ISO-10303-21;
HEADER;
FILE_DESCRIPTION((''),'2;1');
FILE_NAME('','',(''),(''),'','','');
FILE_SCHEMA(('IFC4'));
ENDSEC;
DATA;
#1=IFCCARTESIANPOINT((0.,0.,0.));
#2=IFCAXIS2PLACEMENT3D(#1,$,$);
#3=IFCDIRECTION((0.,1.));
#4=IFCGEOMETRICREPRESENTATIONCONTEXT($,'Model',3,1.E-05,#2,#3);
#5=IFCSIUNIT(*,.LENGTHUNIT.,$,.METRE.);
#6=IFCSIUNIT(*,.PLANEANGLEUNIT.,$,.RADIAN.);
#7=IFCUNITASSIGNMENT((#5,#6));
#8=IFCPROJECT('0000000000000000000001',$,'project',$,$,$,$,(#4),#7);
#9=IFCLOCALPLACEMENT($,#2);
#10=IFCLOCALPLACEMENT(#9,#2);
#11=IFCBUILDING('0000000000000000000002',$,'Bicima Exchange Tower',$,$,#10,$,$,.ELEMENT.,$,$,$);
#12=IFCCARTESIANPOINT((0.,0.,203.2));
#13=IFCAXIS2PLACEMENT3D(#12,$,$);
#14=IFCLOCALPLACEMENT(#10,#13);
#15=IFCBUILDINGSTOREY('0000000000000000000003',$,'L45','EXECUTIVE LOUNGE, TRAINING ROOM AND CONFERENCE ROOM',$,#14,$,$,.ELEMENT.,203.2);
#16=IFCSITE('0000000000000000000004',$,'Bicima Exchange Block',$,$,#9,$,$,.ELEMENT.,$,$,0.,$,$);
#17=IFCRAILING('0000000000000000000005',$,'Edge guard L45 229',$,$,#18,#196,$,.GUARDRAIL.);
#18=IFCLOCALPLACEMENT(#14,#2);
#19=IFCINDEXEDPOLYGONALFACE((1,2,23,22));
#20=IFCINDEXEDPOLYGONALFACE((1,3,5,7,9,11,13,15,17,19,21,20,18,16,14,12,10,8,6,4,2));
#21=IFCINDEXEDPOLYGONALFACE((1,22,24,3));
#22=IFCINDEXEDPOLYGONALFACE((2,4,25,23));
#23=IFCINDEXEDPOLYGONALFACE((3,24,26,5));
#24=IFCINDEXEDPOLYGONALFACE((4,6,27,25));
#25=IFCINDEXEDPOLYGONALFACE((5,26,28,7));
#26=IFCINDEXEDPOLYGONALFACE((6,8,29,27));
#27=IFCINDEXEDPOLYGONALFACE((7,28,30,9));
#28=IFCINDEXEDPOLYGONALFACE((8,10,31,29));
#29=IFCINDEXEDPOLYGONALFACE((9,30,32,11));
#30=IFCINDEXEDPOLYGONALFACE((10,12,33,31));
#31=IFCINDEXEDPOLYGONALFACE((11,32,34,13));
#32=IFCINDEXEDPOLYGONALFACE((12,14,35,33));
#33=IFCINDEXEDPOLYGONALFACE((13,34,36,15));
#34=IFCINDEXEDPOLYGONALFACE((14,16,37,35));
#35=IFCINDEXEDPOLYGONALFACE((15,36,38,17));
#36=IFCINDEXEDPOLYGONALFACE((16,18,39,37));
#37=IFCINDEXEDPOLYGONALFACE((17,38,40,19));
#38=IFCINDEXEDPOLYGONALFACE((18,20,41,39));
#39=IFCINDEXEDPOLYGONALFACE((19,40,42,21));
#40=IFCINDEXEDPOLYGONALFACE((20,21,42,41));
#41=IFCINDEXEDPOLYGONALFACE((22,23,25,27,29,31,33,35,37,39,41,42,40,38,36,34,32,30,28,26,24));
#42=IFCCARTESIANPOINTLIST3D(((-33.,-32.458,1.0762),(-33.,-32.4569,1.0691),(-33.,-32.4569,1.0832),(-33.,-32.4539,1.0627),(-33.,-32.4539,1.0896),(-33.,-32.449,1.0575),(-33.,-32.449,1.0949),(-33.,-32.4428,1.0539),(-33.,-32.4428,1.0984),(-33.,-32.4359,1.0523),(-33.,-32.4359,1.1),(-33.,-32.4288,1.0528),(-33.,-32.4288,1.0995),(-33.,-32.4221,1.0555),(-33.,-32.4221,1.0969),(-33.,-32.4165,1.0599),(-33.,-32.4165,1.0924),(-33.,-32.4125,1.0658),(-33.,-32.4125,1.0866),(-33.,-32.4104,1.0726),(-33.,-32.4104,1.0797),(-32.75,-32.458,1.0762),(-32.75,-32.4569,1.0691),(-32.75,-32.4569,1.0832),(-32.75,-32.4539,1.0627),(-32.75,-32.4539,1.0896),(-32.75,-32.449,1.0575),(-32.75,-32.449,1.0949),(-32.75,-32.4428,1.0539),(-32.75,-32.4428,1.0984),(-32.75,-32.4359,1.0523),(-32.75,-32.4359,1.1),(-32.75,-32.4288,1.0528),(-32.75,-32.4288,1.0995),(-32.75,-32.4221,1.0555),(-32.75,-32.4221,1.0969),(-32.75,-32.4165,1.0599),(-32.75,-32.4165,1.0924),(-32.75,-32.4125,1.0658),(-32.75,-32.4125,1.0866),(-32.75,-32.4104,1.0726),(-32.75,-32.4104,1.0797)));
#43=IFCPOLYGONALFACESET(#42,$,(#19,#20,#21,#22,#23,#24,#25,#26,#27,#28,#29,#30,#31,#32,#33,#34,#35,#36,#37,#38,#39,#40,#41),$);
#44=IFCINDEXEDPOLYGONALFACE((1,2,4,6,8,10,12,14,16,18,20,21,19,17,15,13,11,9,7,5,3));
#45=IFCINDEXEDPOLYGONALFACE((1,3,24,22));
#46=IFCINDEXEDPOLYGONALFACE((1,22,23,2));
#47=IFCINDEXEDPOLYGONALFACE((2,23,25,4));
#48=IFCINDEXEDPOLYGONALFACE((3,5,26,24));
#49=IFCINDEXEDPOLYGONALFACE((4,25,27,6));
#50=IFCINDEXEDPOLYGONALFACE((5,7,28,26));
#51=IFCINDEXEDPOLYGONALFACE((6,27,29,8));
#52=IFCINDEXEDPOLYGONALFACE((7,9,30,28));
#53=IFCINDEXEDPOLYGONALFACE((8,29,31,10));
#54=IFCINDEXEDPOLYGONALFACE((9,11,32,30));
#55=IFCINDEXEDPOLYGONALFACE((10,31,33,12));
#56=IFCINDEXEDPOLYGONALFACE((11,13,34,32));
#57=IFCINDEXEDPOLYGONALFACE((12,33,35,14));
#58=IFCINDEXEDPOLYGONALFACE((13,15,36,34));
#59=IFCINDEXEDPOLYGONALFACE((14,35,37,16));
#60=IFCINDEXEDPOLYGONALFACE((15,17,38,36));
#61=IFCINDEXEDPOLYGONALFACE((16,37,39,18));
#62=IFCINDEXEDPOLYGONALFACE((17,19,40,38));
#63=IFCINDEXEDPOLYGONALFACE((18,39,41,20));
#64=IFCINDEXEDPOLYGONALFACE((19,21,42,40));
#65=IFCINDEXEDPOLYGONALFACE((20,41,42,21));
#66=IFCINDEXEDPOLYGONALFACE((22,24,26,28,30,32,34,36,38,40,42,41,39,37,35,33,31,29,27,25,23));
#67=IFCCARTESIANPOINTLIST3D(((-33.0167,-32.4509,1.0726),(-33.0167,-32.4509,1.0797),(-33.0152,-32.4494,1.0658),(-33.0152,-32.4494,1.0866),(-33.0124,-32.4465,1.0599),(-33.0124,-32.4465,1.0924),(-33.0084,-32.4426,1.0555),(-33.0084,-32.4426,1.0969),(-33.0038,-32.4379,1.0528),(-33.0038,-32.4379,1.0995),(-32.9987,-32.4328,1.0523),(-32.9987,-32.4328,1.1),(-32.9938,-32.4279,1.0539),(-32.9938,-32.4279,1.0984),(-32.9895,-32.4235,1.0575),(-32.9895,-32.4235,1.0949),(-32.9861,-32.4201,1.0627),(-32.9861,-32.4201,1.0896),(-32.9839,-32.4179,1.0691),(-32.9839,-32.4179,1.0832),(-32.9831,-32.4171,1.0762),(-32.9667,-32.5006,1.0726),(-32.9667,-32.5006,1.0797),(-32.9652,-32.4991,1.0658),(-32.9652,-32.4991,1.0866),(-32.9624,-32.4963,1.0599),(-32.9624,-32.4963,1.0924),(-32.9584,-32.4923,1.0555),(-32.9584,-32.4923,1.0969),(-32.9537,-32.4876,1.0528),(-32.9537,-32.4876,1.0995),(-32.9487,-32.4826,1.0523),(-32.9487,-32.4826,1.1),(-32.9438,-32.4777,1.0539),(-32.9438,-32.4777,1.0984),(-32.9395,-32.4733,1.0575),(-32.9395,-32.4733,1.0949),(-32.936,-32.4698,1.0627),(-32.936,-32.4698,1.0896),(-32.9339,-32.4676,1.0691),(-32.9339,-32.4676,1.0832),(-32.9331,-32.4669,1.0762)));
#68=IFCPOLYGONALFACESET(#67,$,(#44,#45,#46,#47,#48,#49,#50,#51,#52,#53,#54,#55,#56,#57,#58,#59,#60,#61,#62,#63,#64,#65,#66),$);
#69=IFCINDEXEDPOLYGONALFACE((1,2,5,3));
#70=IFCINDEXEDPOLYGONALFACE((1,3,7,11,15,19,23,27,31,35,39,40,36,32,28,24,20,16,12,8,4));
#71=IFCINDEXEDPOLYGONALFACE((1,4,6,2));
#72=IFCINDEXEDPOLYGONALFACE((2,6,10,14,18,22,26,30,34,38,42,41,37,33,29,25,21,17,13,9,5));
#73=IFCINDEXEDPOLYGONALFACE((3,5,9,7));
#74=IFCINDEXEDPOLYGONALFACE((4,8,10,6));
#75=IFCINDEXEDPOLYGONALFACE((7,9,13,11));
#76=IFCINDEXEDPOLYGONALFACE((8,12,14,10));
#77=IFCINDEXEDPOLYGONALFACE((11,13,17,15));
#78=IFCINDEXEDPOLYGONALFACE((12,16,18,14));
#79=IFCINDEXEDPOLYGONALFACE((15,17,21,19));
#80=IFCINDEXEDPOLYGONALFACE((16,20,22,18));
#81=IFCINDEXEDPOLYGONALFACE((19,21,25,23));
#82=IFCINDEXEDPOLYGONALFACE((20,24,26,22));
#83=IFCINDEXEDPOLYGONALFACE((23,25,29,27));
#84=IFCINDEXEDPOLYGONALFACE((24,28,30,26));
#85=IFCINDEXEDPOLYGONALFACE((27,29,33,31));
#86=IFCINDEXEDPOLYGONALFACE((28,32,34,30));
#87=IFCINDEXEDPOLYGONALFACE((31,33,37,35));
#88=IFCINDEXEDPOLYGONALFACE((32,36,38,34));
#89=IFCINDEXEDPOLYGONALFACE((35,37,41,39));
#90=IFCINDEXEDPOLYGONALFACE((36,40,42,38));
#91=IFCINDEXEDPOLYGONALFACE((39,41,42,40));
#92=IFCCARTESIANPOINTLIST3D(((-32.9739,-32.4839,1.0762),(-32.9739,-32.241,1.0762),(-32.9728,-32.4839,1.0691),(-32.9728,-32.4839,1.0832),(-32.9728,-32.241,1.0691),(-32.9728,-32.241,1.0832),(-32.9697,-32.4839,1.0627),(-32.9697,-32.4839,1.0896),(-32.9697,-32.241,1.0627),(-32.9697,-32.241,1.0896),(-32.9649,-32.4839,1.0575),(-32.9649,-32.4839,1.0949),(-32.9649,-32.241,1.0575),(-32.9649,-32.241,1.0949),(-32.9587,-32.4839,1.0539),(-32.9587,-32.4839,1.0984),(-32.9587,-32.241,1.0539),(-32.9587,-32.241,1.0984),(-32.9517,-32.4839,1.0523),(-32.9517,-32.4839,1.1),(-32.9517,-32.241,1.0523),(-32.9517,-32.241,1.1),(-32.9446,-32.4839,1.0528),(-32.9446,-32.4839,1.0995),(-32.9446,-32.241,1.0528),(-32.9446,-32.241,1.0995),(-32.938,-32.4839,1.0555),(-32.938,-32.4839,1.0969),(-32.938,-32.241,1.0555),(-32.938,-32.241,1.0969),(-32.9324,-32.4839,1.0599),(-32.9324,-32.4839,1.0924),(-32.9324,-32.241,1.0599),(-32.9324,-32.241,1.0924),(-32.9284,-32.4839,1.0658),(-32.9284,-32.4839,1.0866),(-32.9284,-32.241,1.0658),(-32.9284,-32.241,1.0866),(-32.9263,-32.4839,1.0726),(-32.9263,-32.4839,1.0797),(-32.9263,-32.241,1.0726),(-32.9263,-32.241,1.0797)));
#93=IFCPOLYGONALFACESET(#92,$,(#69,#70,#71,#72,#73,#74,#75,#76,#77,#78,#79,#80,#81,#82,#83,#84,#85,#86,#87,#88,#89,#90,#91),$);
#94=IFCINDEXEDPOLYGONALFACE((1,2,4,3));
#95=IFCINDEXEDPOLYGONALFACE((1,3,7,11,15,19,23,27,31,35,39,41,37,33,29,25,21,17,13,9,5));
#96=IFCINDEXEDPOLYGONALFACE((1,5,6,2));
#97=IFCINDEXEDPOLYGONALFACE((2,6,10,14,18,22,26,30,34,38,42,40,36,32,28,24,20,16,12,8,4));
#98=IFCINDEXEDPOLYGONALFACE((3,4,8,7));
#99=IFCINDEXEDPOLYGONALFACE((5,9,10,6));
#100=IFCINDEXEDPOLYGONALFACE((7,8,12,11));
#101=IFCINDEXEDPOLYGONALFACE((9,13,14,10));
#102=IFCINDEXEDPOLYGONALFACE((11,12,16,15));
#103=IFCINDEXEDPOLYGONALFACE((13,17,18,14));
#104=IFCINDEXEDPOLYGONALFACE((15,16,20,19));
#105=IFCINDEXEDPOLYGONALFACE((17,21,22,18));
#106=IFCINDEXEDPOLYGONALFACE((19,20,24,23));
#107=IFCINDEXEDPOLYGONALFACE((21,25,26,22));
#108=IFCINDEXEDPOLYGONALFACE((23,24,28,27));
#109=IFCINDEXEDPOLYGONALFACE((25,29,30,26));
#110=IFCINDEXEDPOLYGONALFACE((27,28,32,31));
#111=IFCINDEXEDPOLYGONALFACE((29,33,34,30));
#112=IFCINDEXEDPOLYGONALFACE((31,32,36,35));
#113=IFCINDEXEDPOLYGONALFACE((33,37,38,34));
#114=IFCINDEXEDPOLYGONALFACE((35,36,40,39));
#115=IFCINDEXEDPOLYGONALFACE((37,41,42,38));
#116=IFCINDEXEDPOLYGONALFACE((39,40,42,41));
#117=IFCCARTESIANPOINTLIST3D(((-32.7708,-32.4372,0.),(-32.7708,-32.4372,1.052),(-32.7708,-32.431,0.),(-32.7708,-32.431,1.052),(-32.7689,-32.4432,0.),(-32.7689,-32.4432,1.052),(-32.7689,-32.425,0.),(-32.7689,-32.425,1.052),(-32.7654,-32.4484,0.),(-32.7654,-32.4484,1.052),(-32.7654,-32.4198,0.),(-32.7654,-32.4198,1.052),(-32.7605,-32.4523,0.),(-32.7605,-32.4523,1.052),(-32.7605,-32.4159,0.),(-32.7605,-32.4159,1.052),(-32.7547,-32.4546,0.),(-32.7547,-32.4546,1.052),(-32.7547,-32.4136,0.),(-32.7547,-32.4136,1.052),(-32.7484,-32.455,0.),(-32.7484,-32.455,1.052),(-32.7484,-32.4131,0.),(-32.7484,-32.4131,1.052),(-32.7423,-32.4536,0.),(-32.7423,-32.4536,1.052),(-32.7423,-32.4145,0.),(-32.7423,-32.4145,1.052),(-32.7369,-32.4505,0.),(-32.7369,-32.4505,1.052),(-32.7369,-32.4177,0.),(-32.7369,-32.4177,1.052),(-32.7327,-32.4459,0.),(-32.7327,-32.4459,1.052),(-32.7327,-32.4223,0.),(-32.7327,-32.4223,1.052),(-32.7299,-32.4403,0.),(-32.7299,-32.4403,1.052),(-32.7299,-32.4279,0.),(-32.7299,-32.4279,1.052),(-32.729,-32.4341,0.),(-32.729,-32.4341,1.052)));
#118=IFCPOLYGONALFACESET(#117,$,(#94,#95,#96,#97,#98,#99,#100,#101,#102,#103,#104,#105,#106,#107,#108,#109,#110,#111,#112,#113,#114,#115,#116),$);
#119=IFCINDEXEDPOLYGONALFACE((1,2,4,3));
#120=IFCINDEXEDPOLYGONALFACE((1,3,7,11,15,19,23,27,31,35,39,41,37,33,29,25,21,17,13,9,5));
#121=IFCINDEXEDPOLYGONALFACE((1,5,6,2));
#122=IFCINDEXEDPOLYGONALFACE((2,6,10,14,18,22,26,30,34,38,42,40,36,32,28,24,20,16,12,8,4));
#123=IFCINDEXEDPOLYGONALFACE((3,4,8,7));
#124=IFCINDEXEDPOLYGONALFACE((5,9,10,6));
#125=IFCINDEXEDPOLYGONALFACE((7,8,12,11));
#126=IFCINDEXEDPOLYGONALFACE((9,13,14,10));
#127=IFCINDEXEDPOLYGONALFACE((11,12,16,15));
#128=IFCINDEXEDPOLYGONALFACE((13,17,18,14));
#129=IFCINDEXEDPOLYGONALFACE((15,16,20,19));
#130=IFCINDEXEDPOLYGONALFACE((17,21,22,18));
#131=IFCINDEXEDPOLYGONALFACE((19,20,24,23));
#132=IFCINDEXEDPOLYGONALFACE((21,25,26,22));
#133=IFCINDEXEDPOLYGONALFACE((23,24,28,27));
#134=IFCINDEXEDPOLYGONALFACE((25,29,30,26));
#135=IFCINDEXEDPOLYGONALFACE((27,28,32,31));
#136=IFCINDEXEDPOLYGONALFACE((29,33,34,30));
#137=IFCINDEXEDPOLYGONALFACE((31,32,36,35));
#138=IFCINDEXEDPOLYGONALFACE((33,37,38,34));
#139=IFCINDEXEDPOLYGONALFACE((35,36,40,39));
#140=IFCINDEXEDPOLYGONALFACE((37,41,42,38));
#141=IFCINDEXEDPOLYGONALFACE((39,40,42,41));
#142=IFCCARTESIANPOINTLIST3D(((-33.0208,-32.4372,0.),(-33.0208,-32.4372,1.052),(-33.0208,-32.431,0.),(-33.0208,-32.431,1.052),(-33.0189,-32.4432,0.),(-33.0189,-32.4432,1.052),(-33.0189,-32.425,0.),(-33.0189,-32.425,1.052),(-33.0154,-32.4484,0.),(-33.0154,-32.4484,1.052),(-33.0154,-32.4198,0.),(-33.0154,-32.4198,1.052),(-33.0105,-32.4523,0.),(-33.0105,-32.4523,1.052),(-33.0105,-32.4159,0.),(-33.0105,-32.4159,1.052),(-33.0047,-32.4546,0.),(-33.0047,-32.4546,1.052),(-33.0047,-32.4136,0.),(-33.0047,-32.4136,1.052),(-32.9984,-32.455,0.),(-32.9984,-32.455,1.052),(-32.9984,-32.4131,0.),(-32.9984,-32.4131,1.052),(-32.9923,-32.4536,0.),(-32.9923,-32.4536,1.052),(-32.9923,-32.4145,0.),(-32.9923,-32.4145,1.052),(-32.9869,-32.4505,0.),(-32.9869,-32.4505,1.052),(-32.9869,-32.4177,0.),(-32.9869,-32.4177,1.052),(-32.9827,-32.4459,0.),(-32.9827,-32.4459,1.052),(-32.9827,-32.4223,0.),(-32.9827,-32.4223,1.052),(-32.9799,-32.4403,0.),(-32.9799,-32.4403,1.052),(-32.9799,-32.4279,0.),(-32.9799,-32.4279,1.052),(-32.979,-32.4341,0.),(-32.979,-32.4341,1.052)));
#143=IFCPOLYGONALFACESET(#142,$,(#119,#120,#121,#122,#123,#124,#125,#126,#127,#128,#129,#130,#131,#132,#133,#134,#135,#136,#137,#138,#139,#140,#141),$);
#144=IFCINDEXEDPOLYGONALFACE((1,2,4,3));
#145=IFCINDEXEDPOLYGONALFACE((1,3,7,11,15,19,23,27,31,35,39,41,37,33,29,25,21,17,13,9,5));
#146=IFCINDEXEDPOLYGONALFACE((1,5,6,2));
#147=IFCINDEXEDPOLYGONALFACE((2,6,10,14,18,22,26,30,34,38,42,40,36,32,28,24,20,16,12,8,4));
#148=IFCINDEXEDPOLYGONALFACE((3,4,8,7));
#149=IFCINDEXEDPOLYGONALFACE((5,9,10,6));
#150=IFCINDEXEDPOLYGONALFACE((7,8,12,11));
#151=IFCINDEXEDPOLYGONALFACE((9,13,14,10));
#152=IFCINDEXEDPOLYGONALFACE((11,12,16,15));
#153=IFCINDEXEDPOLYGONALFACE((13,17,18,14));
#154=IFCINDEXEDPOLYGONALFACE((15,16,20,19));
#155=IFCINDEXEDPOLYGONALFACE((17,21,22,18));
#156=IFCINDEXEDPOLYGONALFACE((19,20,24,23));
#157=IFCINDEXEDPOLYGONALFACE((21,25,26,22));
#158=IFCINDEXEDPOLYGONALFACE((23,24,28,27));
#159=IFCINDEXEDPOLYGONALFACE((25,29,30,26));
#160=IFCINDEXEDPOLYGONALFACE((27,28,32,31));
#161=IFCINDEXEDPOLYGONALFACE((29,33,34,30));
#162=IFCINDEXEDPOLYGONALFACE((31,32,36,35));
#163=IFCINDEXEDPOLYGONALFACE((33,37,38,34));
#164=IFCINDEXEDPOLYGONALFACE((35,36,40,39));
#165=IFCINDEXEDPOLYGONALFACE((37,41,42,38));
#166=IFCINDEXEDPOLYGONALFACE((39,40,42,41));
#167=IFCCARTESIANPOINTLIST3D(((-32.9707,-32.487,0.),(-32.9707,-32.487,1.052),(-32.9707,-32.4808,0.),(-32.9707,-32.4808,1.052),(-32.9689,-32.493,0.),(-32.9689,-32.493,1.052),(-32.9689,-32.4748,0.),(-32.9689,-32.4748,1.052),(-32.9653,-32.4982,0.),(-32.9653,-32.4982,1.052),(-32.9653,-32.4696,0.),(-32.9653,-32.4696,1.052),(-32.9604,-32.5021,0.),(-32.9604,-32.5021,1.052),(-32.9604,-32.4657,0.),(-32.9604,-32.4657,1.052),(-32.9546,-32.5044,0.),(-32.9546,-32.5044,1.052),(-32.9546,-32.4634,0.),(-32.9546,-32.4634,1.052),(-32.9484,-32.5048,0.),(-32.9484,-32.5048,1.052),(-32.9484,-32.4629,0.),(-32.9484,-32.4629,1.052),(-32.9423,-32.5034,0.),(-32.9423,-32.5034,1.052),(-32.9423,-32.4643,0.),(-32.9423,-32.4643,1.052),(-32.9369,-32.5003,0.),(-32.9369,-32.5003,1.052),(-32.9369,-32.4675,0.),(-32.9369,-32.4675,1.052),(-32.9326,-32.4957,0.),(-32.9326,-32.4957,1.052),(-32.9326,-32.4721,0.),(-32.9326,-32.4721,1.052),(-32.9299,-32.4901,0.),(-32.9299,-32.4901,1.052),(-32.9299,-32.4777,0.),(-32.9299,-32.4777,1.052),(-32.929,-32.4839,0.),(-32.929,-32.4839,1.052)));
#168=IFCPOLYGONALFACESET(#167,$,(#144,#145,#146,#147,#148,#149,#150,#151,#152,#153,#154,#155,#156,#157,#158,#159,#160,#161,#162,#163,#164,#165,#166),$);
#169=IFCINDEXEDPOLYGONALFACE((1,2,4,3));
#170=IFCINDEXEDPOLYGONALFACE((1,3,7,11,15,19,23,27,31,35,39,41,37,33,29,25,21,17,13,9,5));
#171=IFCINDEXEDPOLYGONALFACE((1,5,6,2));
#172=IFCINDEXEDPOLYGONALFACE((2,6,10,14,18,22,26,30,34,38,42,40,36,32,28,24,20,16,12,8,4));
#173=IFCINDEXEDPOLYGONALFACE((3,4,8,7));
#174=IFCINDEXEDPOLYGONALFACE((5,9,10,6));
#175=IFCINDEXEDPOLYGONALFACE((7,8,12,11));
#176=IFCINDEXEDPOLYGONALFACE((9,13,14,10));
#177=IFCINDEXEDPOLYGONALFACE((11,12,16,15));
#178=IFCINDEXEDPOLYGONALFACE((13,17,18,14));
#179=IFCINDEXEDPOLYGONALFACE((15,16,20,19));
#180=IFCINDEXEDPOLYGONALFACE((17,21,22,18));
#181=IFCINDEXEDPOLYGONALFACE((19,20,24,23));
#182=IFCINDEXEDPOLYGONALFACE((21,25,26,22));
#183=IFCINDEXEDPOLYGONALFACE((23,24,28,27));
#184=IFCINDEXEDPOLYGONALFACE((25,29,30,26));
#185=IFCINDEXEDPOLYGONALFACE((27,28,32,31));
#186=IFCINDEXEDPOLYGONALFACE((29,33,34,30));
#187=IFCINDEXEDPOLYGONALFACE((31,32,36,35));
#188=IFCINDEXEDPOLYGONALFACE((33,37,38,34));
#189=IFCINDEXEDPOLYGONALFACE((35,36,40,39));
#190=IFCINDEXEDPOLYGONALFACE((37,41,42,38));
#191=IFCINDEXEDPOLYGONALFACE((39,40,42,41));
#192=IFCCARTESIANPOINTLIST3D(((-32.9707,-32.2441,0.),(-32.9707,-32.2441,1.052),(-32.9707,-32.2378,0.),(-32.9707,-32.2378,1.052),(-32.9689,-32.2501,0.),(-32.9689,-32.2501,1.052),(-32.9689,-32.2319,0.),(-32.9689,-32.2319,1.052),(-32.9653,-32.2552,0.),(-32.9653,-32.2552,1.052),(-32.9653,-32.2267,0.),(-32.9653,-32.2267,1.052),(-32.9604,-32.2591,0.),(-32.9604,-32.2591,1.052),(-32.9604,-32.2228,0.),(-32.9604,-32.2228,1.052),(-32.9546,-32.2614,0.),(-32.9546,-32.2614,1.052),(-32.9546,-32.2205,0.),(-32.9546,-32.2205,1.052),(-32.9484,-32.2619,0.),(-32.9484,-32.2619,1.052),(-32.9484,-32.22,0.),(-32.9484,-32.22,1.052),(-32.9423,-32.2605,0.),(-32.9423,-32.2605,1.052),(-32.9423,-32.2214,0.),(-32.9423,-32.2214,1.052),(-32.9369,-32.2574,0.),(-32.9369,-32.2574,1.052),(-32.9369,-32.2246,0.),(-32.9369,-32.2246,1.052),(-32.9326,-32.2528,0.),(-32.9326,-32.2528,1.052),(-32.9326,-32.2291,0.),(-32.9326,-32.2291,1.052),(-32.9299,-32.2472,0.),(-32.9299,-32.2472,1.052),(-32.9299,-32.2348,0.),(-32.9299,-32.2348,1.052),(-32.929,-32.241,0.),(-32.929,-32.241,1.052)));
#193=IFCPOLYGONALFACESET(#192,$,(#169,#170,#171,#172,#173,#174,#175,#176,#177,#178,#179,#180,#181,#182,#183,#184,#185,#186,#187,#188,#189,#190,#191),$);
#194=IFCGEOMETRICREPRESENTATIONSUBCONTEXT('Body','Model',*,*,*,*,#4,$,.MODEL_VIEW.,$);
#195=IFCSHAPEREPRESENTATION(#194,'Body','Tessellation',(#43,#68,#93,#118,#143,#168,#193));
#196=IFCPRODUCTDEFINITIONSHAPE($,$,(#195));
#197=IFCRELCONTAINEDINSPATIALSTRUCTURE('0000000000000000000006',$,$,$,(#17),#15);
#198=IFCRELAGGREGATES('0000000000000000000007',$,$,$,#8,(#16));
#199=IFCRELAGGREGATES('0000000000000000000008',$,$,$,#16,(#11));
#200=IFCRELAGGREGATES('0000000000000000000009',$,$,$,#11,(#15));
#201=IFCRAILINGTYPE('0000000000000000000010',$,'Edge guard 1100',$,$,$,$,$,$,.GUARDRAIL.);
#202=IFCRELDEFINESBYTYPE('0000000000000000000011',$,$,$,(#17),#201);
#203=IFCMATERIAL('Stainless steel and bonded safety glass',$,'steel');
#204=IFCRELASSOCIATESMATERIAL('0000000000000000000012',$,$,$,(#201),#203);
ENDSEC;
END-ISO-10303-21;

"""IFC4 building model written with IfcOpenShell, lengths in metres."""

from ifc_helpers import new_model, si_unit, direction, frame, origin, origin_2d, place, context, subcontext, project, spatial, circle, extrude, material, type_object, element, save


model = new_model("IFC4")

# Units and contexts
model_context = context("Model", 3, precision=1e-05, world=origin(), true_north=direction((0.0, 1.0)))
body_context = subcontext(model_context, "Body", "Model", "MODEL_VIEW")
ifc_project = project(units=[si_unit("LENGTHUNIT", "METRE"), si_unit("PLANEANGLEUNIT", "RADIAN")], contexts=[model_context])

# Site, building, storey
site_placement = place(None, origin())
site = spatial("IfcSite", under=ifc_project, at=site_placement, Name="Bicima Exchange Block", CompositionType="ELEMENT", RefElevation=0.0)
building_placement = place(site_placement, origin())
building = spatial("IfcBuilding", under=site, at=building_placement, Name="Bicima Exchange Tower", CompositionType="ELEMENT")
storey_placement = place(building_placement, frame((0.0, 0.0, 203.2)))
storey = spatial("IfcBuildingStorey", under=building, at=storey_placement, Name="L45", Description="EXECUTIVE LOUNGE, TRAINING ROOM AND CONFERENCE ROOM", CompositionType="ELEMENT", Elevation=203.2)

# Railing
ifc_material_1 = material(Name="Stainless steel and bonded safety glass", Category="steel")
railing_type = type_object("IfcRailingType", Name="Edge guard 1100", PredefinedType="GUARDRAIL", material=ifc_material_1)
railing_1_placement = place(storey_placement, frame((-32.75, -32.4341, 0.0)))
element("IfcRailing", 1, at=railing_1_placement, inside=storey, type_object=railing_type, Name="Edge guard L45 229", PredefinedType="GUARDRAIL", context=body_context, shape_type="SweptSolid", body=[
    extrude(circle(Radius=0.0239, at=origin_2d()), frame((0.0, 0.0, 1.0762), z_axis=(-1.0, 0.0, 0.0), x_axis=(0.0, -1.0, 0.0)), (0.0, 0.0, 1.0), 0.25),
    extrude(circle(Radius=0.0239, at=origin_2d()), frame((-0.25, 0.0, 1.0762), z_axis=(0.708834, -0.705376, 0.0), x_axis=(0.705376, 0.708834, 0.0)), (0.0, 0.0, 1.0), 0.0706),
    extrude(circle(Radius=0.0239, at=origin_2d()), frame((-0.2, -0.0498, 1.0762), z_axis=(0.0, 1.0, 0.0), x_axis=(-1.0, 0.0, 0.0)), (0.0, 0.0, 1.0), 0.2429),
    extrude(circle(Radius=0.021, at=origin_2d()), origin(), (0.0, 0.0, 1.0), 1.052),
    extrude(circle(Radius=0.021, at=origin_2d()), frame((-0.25, 0.0, 0.0)), (0.0, 0.0, 1.0), 1.052),
    extrude(circle(Radius=0.021, at=origin_2d()), frame((-0.2, -0.0498, 0.0)), (0.0, 0.0, 1.0), 1.052),
    extrude(circle(Radius=0.021, at=origin_2d()), frame((-0.2, 0.1931, 0.0)), (0.0, 0.0, 1.0), 1.052),
])

save(model, "model.ifc")
